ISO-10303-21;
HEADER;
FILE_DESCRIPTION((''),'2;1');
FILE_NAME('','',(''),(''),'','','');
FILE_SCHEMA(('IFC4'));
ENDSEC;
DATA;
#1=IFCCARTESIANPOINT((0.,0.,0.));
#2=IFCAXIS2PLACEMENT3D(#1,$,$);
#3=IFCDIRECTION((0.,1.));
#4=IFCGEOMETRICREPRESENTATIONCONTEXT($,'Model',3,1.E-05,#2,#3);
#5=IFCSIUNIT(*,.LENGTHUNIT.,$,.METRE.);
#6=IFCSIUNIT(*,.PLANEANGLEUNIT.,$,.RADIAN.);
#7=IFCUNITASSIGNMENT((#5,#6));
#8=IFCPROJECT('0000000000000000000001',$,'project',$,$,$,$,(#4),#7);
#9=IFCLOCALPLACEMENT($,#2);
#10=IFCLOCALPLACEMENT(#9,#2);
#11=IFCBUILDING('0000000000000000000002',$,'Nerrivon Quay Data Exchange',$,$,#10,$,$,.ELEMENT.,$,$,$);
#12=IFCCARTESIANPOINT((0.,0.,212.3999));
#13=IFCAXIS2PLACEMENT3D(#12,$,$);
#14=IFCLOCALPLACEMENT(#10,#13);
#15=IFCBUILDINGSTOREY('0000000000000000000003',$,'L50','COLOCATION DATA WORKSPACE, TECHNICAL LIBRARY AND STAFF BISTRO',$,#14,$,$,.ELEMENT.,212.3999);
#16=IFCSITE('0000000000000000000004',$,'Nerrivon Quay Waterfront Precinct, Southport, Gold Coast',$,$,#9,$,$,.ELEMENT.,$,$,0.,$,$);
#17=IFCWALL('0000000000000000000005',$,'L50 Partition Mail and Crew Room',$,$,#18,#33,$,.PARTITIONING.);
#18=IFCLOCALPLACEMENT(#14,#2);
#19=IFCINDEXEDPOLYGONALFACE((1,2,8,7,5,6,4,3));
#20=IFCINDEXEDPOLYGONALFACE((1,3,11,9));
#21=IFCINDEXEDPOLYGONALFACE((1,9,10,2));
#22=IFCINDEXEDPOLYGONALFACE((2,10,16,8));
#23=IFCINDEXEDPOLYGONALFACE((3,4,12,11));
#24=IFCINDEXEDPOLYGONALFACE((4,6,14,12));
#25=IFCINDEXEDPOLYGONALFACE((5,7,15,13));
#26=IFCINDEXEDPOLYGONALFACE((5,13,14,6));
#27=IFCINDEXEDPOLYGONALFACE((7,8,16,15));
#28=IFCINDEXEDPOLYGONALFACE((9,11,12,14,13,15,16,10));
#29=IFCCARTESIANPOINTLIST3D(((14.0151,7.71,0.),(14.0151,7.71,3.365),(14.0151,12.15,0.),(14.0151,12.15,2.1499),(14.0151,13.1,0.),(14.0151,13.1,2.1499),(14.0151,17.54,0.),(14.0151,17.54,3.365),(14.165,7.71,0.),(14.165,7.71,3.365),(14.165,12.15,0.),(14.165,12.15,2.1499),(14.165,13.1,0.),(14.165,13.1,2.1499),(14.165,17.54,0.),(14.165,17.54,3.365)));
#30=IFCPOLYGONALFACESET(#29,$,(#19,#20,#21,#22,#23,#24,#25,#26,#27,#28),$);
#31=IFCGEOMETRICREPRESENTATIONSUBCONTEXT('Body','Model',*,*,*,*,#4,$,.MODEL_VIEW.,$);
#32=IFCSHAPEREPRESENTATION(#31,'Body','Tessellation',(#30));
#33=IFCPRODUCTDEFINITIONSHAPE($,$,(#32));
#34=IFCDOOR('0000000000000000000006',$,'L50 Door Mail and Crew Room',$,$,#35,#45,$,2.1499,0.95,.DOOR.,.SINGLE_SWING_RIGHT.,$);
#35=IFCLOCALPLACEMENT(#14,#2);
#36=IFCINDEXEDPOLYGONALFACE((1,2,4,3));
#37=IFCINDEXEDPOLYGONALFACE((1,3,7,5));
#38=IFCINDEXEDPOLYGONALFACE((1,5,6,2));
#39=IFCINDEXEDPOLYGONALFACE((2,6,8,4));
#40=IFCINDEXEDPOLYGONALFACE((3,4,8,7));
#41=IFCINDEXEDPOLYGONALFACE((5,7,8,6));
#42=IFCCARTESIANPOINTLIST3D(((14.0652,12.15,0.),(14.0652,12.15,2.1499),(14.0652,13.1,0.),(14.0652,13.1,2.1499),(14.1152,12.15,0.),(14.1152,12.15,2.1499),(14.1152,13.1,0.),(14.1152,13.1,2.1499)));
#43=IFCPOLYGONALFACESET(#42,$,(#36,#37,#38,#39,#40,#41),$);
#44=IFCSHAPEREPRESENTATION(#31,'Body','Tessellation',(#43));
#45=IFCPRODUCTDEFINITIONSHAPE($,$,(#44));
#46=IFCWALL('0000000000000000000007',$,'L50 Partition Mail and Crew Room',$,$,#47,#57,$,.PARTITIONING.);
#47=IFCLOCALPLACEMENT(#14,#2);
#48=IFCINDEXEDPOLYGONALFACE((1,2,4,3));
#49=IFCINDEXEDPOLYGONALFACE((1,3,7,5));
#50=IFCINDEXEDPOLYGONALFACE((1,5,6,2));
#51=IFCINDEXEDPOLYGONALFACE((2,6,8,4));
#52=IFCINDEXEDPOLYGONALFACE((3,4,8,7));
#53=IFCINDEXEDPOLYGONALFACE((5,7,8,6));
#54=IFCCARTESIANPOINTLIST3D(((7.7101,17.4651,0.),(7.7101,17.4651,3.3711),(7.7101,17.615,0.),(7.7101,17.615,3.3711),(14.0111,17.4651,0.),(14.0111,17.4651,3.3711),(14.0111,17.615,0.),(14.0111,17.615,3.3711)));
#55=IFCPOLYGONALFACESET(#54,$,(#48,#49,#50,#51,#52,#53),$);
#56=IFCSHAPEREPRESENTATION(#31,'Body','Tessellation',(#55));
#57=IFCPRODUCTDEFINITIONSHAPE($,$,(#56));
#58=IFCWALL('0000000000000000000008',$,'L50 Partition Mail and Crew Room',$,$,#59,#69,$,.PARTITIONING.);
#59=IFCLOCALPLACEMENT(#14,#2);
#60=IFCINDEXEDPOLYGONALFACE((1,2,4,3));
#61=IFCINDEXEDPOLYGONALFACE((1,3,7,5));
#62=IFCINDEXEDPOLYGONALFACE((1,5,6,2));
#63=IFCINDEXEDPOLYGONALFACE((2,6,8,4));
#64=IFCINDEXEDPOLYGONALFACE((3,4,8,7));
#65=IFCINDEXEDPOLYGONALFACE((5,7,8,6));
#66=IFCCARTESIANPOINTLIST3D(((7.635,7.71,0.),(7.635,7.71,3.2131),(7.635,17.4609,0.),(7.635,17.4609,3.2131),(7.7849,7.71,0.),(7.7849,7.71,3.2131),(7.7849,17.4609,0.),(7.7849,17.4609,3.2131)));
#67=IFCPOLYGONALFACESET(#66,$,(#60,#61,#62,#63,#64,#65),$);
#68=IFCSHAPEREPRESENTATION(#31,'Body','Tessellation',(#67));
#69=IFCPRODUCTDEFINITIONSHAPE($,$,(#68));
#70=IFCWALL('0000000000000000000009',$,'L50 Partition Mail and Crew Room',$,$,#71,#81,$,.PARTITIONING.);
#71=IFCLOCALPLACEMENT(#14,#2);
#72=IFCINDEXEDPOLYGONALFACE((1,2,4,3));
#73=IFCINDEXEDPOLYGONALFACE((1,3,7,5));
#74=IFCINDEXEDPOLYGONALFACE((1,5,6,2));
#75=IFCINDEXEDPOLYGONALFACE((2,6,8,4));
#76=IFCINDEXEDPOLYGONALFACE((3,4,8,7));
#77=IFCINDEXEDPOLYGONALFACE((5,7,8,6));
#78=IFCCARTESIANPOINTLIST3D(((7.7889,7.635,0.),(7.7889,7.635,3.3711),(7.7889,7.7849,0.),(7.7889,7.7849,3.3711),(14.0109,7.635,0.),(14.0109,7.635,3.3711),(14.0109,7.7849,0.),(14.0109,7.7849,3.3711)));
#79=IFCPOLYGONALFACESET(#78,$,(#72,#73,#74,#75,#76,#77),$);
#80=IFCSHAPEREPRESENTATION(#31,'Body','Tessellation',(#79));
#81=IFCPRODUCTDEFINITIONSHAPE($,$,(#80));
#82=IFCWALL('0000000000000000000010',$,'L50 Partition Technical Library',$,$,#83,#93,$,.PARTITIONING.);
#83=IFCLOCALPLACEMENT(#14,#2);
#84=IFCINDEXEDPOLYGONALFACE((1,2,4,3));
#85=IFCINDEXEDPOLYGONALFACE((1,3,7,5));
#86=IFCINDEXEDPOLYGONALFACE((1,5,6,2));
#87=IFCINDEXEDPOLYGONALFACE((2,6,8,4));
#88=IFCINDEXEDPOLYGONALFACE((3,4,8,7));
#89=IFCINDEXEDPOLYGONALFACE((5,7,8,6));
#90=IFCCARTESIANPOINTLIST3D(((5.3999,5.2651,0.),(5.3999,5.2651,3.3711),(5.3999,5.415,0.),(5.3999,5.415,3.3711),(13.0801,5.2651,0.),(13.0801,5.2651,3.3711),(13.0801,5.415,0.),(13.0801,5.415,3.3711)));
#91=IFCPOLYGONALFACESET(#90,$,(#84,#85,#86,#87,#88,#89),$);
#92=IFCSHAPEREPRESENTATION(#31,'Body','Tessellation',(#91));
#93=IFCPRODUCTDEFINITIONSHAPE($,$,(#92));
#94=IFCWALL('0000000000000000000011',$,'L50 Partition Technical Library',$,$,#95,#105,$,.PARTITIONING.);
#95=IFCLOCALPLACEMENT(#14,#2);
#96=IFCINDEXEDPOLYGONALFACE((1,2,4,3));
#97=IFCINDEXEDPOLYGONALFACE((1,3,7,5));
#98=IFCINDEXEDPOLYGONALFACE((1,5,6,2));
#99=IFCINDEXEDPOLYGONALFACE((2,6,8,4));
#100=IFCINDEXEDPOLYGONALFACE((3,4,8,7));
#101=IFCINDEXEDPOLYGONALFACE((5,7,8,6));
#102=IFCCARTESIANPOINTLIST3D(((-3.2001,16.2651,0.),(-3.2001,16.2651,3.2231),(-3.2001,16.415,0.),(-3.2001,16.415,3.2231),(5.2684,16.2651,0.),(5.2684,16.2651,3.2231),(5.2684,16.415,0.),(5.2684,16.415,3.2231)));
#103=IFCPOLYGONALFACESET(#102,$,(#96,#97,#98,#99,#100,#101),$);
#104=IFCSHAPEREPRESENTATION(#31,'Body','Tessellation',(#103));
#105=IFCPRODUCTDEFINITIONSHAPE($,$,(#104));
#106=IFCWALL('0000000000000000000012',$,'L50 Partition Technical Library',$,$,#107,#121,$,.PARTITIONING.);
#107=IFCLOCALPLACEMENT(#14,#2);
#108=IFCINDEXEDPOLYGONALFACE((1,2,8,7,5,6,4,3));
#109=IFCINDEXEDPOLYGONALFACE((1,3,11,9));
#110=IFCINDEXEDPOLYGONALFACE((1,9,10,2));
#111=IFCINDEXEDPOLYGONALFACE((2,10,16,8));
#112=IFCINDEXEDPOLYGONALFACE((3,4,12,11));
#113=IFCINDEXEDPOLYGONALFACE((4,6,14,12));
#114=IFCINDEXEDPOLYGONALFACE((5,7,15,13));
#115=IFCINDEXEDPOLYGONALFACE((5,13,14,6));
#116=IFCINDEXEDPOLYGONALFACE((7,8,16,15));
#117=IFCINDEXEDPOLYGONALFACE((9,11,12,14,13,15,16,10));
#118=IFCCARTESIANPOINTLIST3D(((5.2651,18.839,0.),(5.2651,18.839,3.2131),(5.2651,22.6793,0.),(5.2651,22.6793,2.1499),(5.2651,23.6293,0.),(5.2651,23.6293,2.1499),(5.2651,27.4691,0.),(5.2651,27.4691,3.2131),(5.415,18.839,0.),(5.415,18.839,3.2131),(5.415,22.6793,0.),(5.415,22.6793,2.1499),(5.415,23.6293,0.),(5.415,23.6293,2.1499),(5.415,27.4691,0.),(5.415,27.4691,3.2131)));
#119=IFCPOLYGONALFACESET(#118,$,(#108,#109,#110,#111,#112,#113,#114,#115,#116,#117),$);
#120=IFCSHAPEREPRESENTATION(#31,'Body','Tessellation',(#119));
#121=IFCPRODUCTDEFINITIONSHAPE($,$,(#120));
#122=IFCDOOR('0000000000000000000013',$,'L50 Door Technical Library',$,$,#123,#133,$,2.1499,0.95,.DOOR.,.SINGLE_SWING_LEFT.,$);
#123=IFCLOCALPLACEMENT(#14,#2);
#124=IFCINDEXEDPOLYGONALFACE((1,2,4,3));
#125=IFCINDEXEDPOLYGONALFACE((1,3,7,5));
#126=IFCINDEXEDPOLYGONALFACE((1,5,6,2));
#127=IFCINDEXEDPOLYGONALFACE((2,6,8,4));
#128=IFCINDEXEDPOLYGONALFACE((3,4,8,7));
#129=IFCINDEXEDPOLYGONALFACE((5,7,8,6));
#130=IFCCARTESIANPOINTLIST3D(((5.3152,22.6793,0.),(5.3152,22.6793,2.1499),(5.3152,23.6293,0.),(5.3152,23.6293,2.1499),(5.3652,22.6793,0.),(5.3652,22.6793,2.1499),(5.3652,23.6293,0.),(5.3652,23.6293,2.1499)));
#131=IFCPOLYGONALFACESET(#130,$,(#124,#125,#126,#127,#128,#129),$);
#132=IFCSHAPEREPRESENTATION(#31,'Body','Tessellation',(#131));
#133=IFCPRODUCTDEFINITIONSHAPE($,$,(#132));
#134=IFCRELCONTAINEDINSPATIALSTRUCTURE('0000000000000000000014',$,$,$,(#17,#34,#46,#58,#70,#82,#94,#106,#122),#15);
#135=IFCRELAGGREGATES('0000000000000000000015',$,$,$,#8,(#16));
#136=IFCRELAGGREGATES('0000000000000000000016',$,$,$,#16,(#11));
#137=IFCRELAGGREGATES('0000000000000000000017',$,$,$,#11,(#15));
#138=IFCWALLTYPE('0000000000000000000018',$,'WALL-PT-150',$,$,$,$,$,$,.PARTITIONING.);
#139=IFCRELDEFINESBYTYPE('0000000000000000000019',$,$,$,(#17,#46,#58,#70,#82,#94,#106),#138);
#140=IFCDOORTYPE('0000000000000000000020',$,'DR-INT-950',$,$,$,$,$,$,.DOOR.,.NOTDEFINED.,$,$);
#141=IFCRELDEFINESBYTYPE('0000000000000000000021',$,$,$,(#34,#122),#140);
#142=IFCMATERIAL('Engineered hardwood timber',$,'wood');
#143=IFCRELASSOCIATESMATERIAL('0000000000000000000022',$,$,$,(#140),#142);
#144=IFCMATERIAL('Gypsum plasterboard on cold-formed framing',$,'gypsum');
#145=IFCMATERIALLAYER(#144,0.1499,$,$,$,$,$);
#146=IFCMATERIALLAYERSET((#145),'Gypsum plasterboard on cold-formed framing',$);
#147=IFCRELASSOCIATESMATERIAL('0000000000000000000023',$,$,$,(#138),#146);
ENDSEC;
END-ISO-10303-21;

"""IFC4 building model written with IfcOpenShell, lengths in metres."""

from ifc_helpers import new_model, si_unit, direction, frame, frame_2d, origin, place, context, subcontext, project, spatial, rectangle, extrude, material, layer, layer_set, type_object, element, fill, save


model = new_model("IFC4")

# Units and contexts
model_context = context("Model", 3, precision=1e-05, world=origin(), true_north=direction((0.0, 1.0)))
body_context = subcontext(model_context, "Body", "Model", "MODEL_VIEW")
ifc_project = project(units=[si_unit("LENGTHUNIT", "METRE"), si_unit("PLANEANGLEUNIT", "RADIAN")], contexts=[model_context])

# Site, building, storey
site_placement = place(None, origin())
site = spatial("IfcSite", under=ifc_project, at=site_placement, Name="Nerrivon Quay Waterfront Precinct, Southport, Gold Coast", CompositionType="ELEMENT", RefElevation=0.0)
building_placement = place(site_placement, origin())
building = spatial("IfcBuilding", under=site, at=building_placement, Name="Nerrivon Quay Data Exchange", CompositionType="ELEMENT")
storey_placement = place(building_placement, frame((0.0, 0.0, 212.3999)))
storey = spatial("IfcBuildingStorey", under=building, at=storey_placement, Name="L50", Description="COLOCATION DATA WORKSPACE, TECHNICAL LIBRARY AND STAFF BISTRO", CompositionType="ELEMENT", Elevation=212.3999)

# Shared definitions
ifc_material_1 = material(Name="Gypsum plasterboard on cold-formed framing", Category="gypsum")
ifc_material_2 = material(Name="Engineered hardwood timber", Category="wood")
door_type_1 = type_object("IfcDoorType", Name="DR-INT-950", OperationType="NOTDEFINED", PredefinedType="DOOR", material=ifc_material_2)

# Wall, opening, door
ifc_layer_1 = layer(ifc_material_1, 0.1499)
ifc_layer_set_1 = layer_set([ifc_layer_1], Name="Gypsum plasterboard on cold-formed framing")
wall_type_1 = type_object("IfcWallType", Name="WALL-PT-150", PredefinedType="PARTITIONING", material=ifc_layer_set_1)
wall_1_placement = place(storey_placement, frame((14.0901, 7.71, 0.0), z_axis=(0.0, 0.0, 1.0), x_axis=(0.0, 1.0, 0.0)))
wall_1 = element("IfcWall", 1, at=wall_1_placement, inside=storey, type_object=wall_type_1, Name="L50 Partition Mail and Crew Room", PredefinedType="PARTITIONING", context=body_context, shape_type="SweptSolid", body=[
    extrude(rectangle(XDim=9.8301, YDim=0.1499, at=frame_2d((4.915, 0.0))), origin(), (0.0, 0.0, 1.0), 3.365),
])
opening_1_placement = place(wall_1_placement, frame((4.4399, 0.0, 0.0)))
opening_1 = element("IfcOpeningElement", 2, at=opening_1_placement, cuts=wall_1, PredefinedType="OPENING", context=body_context, shape_type="SweptSolid", body=[
    extrude(rectangle(XDim=0.95, YDim=2.1499, at=frame_2d((0.4751, 1.075))), frame((0.0, 0.085, 0.0), z_axis=(0.0, -1.0, 0.0), x_axis=(1.0, 0.0, 0.0)), (0.0, 0.0, 1.0), 0.1699),
])
door_1_placement = place(opening_1_placement, origin())
door_1 = element("IfcDoor", 3, at=door_1_placement, inside=storey, type_object=door_type_1, Name="L50 Door Mail and Crew Room", OperationType="SINGLE_SWING_RIGHT", OverallHeight=2.1499, OverallWidth=0.95, PredefinedType="DOOR", context=body_context, shape_type="SweptSolid", body=[
    extrude(rectangle(XDim=0.95, YDim=2.1499, at=frame_2d((0.4751, 1.075))), frame((0.0, 0.0249, 0.0), z_axis=(0.0, -1.0, 0.0), x_axis=(1.0, 0.0, 0.0)), (0.0, 0.0, 1.0), 0.05),
])
fill(opening_1, door_1)

# Walls
wall_2_placement = place(storey_placement, frame((14.011, 17.54, 0.0), z_axis=(0.0, 0.0, 1.0), x_axis=(-1.0, 0.0, 0.0)))
element("IfcWall", 4, at=wall_2_placement, inside=storey, type_object=wall_type_1, Name="L50 Partition Mail and Crew Room", PredefinedType="PARTITIONING", context=body_context, shape_type="SweptSolid", body=[
    extrude(rectangle(XDim=6.301, YDim=0.1499, at=frame_2d((3.1504, 0.0))), origin(), (0.0, 0.0, 1.0), 3.3711),
])
wall_3_placement = place(storey_placement, frame((7.71, 17.4609, 0.0), z_axis=(0.0, 0.0, 1.0), x_axis=(0.0, -1.0, 0.0)))
element("IfcWall", 5, at=wall_3_placement, inside=storey, type_object=wall_type_1, Name="L50 Partition Mail and Crew Room", PredefinedType="PARTITIONING", context=body_context, shape_type="SweptSolid", body=[
    extrude(rectangle(XDim=9.751, YDim=0.1499, at=frame_2d((4.8755, 0.0))), origin(), (0.0, 0.0, 1.0), 3.2131),
])
wall_4_placement = place(storey_placement, frame((7.7891, 7.71, 0.0), z_axis=(0.0, 0.0, 1.0), x_axis=(1.0, 0.0, 0.0)))
element("IfcWall", 6, at=wall_4_placement, inside=storey, type_object=wall_type_1, Name="L50 Partition Mail and Crew Room", PredefinedType="PARTITIONING", context=body_context, shape_type="SweptSolid", body=[
    extrude(rectangle(XDim=6.2219, YDim=0.1499, at=frame_2d((3.1108, 0.0))), origin(), (0.0, 0.0, 1.0), 3.3711),
])
wall_5_placement = place(storey_placement, frame((13.0801, 5.3401, 0.0), z_axis=(0.0, 0.0, 1.0), x_axis=(-1.0, 0.0, 0.0)))
element("IfcWall", 7, at=wall_5_placement, inside=storey, type_object=wall_type_1, Name="L50 Partition Technical Library", PredefinedType="PARTITIONING", context=body_context, shape_type="SweptSolid", body=[
    extrude(rectangle(XDim=7.6802, YDim=0.1499, at=frame_2d((3.8401, 0.0))), origin(), (0.0, 0.0, 1.0), 3.3711),
])
wall_6_placement = place(storey_placement, frame((5.2686, 16.3401, 0.0), z_axis=(0.0, 0.0, 1.0), x_axis=(-1.0, 0.0, 0.0)))
element("IfcWall", 8, at=wall_6_placement, inside=storey, type_object=wall_type_1, Name="L50 Partition Technical Library", PredefinedType="PARTITIONING", context=body_context, shape_type="SweptSolid", body=[
    extrude(rectangle(XDim=8.4685, YDim=0.1499, at=frame_2d((4.2344, 0.0))), origin(), (0.0, 0.0, 1.0), 3.2231),
])

# Wall, opening, door
wall_7_placement = place(storey_placement, frame((5.3401, 18.8391, 0.0), z_axis=(0.0, 0.0, 1.0), x_axis=(0.0, 1.0, 0.0)))
wall_7 = element("IfcWall", 9, at=wall_7_placement, inside=storey, type_object=wall_type_1, Name="L50 Partition Technical Library", PredefinedType="PARTITIONING", context=body_context, shape_type="SweptSolid", body=[
    extrude(rectangle(XDim=8.6301, YDim=0.1499, at=frame_2d((4.3149, 0.0))), origin(), (0.0, 0.0, 1.0), 3.2131),
])
opening_2_placement = place(wall_7_placement, frame((3.8401, 0.0, 0.0)))
opening_2 = element("IfcOpeningElement", 10, at=opening_2_placement, cuts=wall_7, PredefinedType="OPENING", context=body_context, shape_type="SweptSolid", body=[
    extrude(rectangle(XDim=0.95, YDim=2.1499, at=frame_2d((0.4751, 1.075))), frame((0.0, 0.085, 0.0), z_axis=(0.0, -1.0, 0.0), x_axis=(1.0, 0.0, 0.0)), (0.0, 0.0, 1.0), 0.1699),
])
door_2_placement = place(opening_2_placement, origin())
door_2 = element("IfcDoor", 11, at=door_2_placement, inside=storey, type_object=door_type_1, Name="L50 Door Technical Library", OperationType="SINGLE_SWING_LEFT", OverallHeight=2.1499, OverallWidth=0.95, PredefinedType="DOOR", context=body_context, shape_type="SweptSolid", body=[
    extrude(rectangle(XDim=0.95, YDim=2.1499, at=frame_2d((0.4751, 1.075))), frame((0.0, 0.0249, 0.0), z_axis=(0.0, -1.0, 0.0), x_axis=(1.0, 0.0, 0.0)), (0.0, 0.0, 1.0), 0.05),
])
fill(opening_2, door_2)

save(model, "model.ifc")
